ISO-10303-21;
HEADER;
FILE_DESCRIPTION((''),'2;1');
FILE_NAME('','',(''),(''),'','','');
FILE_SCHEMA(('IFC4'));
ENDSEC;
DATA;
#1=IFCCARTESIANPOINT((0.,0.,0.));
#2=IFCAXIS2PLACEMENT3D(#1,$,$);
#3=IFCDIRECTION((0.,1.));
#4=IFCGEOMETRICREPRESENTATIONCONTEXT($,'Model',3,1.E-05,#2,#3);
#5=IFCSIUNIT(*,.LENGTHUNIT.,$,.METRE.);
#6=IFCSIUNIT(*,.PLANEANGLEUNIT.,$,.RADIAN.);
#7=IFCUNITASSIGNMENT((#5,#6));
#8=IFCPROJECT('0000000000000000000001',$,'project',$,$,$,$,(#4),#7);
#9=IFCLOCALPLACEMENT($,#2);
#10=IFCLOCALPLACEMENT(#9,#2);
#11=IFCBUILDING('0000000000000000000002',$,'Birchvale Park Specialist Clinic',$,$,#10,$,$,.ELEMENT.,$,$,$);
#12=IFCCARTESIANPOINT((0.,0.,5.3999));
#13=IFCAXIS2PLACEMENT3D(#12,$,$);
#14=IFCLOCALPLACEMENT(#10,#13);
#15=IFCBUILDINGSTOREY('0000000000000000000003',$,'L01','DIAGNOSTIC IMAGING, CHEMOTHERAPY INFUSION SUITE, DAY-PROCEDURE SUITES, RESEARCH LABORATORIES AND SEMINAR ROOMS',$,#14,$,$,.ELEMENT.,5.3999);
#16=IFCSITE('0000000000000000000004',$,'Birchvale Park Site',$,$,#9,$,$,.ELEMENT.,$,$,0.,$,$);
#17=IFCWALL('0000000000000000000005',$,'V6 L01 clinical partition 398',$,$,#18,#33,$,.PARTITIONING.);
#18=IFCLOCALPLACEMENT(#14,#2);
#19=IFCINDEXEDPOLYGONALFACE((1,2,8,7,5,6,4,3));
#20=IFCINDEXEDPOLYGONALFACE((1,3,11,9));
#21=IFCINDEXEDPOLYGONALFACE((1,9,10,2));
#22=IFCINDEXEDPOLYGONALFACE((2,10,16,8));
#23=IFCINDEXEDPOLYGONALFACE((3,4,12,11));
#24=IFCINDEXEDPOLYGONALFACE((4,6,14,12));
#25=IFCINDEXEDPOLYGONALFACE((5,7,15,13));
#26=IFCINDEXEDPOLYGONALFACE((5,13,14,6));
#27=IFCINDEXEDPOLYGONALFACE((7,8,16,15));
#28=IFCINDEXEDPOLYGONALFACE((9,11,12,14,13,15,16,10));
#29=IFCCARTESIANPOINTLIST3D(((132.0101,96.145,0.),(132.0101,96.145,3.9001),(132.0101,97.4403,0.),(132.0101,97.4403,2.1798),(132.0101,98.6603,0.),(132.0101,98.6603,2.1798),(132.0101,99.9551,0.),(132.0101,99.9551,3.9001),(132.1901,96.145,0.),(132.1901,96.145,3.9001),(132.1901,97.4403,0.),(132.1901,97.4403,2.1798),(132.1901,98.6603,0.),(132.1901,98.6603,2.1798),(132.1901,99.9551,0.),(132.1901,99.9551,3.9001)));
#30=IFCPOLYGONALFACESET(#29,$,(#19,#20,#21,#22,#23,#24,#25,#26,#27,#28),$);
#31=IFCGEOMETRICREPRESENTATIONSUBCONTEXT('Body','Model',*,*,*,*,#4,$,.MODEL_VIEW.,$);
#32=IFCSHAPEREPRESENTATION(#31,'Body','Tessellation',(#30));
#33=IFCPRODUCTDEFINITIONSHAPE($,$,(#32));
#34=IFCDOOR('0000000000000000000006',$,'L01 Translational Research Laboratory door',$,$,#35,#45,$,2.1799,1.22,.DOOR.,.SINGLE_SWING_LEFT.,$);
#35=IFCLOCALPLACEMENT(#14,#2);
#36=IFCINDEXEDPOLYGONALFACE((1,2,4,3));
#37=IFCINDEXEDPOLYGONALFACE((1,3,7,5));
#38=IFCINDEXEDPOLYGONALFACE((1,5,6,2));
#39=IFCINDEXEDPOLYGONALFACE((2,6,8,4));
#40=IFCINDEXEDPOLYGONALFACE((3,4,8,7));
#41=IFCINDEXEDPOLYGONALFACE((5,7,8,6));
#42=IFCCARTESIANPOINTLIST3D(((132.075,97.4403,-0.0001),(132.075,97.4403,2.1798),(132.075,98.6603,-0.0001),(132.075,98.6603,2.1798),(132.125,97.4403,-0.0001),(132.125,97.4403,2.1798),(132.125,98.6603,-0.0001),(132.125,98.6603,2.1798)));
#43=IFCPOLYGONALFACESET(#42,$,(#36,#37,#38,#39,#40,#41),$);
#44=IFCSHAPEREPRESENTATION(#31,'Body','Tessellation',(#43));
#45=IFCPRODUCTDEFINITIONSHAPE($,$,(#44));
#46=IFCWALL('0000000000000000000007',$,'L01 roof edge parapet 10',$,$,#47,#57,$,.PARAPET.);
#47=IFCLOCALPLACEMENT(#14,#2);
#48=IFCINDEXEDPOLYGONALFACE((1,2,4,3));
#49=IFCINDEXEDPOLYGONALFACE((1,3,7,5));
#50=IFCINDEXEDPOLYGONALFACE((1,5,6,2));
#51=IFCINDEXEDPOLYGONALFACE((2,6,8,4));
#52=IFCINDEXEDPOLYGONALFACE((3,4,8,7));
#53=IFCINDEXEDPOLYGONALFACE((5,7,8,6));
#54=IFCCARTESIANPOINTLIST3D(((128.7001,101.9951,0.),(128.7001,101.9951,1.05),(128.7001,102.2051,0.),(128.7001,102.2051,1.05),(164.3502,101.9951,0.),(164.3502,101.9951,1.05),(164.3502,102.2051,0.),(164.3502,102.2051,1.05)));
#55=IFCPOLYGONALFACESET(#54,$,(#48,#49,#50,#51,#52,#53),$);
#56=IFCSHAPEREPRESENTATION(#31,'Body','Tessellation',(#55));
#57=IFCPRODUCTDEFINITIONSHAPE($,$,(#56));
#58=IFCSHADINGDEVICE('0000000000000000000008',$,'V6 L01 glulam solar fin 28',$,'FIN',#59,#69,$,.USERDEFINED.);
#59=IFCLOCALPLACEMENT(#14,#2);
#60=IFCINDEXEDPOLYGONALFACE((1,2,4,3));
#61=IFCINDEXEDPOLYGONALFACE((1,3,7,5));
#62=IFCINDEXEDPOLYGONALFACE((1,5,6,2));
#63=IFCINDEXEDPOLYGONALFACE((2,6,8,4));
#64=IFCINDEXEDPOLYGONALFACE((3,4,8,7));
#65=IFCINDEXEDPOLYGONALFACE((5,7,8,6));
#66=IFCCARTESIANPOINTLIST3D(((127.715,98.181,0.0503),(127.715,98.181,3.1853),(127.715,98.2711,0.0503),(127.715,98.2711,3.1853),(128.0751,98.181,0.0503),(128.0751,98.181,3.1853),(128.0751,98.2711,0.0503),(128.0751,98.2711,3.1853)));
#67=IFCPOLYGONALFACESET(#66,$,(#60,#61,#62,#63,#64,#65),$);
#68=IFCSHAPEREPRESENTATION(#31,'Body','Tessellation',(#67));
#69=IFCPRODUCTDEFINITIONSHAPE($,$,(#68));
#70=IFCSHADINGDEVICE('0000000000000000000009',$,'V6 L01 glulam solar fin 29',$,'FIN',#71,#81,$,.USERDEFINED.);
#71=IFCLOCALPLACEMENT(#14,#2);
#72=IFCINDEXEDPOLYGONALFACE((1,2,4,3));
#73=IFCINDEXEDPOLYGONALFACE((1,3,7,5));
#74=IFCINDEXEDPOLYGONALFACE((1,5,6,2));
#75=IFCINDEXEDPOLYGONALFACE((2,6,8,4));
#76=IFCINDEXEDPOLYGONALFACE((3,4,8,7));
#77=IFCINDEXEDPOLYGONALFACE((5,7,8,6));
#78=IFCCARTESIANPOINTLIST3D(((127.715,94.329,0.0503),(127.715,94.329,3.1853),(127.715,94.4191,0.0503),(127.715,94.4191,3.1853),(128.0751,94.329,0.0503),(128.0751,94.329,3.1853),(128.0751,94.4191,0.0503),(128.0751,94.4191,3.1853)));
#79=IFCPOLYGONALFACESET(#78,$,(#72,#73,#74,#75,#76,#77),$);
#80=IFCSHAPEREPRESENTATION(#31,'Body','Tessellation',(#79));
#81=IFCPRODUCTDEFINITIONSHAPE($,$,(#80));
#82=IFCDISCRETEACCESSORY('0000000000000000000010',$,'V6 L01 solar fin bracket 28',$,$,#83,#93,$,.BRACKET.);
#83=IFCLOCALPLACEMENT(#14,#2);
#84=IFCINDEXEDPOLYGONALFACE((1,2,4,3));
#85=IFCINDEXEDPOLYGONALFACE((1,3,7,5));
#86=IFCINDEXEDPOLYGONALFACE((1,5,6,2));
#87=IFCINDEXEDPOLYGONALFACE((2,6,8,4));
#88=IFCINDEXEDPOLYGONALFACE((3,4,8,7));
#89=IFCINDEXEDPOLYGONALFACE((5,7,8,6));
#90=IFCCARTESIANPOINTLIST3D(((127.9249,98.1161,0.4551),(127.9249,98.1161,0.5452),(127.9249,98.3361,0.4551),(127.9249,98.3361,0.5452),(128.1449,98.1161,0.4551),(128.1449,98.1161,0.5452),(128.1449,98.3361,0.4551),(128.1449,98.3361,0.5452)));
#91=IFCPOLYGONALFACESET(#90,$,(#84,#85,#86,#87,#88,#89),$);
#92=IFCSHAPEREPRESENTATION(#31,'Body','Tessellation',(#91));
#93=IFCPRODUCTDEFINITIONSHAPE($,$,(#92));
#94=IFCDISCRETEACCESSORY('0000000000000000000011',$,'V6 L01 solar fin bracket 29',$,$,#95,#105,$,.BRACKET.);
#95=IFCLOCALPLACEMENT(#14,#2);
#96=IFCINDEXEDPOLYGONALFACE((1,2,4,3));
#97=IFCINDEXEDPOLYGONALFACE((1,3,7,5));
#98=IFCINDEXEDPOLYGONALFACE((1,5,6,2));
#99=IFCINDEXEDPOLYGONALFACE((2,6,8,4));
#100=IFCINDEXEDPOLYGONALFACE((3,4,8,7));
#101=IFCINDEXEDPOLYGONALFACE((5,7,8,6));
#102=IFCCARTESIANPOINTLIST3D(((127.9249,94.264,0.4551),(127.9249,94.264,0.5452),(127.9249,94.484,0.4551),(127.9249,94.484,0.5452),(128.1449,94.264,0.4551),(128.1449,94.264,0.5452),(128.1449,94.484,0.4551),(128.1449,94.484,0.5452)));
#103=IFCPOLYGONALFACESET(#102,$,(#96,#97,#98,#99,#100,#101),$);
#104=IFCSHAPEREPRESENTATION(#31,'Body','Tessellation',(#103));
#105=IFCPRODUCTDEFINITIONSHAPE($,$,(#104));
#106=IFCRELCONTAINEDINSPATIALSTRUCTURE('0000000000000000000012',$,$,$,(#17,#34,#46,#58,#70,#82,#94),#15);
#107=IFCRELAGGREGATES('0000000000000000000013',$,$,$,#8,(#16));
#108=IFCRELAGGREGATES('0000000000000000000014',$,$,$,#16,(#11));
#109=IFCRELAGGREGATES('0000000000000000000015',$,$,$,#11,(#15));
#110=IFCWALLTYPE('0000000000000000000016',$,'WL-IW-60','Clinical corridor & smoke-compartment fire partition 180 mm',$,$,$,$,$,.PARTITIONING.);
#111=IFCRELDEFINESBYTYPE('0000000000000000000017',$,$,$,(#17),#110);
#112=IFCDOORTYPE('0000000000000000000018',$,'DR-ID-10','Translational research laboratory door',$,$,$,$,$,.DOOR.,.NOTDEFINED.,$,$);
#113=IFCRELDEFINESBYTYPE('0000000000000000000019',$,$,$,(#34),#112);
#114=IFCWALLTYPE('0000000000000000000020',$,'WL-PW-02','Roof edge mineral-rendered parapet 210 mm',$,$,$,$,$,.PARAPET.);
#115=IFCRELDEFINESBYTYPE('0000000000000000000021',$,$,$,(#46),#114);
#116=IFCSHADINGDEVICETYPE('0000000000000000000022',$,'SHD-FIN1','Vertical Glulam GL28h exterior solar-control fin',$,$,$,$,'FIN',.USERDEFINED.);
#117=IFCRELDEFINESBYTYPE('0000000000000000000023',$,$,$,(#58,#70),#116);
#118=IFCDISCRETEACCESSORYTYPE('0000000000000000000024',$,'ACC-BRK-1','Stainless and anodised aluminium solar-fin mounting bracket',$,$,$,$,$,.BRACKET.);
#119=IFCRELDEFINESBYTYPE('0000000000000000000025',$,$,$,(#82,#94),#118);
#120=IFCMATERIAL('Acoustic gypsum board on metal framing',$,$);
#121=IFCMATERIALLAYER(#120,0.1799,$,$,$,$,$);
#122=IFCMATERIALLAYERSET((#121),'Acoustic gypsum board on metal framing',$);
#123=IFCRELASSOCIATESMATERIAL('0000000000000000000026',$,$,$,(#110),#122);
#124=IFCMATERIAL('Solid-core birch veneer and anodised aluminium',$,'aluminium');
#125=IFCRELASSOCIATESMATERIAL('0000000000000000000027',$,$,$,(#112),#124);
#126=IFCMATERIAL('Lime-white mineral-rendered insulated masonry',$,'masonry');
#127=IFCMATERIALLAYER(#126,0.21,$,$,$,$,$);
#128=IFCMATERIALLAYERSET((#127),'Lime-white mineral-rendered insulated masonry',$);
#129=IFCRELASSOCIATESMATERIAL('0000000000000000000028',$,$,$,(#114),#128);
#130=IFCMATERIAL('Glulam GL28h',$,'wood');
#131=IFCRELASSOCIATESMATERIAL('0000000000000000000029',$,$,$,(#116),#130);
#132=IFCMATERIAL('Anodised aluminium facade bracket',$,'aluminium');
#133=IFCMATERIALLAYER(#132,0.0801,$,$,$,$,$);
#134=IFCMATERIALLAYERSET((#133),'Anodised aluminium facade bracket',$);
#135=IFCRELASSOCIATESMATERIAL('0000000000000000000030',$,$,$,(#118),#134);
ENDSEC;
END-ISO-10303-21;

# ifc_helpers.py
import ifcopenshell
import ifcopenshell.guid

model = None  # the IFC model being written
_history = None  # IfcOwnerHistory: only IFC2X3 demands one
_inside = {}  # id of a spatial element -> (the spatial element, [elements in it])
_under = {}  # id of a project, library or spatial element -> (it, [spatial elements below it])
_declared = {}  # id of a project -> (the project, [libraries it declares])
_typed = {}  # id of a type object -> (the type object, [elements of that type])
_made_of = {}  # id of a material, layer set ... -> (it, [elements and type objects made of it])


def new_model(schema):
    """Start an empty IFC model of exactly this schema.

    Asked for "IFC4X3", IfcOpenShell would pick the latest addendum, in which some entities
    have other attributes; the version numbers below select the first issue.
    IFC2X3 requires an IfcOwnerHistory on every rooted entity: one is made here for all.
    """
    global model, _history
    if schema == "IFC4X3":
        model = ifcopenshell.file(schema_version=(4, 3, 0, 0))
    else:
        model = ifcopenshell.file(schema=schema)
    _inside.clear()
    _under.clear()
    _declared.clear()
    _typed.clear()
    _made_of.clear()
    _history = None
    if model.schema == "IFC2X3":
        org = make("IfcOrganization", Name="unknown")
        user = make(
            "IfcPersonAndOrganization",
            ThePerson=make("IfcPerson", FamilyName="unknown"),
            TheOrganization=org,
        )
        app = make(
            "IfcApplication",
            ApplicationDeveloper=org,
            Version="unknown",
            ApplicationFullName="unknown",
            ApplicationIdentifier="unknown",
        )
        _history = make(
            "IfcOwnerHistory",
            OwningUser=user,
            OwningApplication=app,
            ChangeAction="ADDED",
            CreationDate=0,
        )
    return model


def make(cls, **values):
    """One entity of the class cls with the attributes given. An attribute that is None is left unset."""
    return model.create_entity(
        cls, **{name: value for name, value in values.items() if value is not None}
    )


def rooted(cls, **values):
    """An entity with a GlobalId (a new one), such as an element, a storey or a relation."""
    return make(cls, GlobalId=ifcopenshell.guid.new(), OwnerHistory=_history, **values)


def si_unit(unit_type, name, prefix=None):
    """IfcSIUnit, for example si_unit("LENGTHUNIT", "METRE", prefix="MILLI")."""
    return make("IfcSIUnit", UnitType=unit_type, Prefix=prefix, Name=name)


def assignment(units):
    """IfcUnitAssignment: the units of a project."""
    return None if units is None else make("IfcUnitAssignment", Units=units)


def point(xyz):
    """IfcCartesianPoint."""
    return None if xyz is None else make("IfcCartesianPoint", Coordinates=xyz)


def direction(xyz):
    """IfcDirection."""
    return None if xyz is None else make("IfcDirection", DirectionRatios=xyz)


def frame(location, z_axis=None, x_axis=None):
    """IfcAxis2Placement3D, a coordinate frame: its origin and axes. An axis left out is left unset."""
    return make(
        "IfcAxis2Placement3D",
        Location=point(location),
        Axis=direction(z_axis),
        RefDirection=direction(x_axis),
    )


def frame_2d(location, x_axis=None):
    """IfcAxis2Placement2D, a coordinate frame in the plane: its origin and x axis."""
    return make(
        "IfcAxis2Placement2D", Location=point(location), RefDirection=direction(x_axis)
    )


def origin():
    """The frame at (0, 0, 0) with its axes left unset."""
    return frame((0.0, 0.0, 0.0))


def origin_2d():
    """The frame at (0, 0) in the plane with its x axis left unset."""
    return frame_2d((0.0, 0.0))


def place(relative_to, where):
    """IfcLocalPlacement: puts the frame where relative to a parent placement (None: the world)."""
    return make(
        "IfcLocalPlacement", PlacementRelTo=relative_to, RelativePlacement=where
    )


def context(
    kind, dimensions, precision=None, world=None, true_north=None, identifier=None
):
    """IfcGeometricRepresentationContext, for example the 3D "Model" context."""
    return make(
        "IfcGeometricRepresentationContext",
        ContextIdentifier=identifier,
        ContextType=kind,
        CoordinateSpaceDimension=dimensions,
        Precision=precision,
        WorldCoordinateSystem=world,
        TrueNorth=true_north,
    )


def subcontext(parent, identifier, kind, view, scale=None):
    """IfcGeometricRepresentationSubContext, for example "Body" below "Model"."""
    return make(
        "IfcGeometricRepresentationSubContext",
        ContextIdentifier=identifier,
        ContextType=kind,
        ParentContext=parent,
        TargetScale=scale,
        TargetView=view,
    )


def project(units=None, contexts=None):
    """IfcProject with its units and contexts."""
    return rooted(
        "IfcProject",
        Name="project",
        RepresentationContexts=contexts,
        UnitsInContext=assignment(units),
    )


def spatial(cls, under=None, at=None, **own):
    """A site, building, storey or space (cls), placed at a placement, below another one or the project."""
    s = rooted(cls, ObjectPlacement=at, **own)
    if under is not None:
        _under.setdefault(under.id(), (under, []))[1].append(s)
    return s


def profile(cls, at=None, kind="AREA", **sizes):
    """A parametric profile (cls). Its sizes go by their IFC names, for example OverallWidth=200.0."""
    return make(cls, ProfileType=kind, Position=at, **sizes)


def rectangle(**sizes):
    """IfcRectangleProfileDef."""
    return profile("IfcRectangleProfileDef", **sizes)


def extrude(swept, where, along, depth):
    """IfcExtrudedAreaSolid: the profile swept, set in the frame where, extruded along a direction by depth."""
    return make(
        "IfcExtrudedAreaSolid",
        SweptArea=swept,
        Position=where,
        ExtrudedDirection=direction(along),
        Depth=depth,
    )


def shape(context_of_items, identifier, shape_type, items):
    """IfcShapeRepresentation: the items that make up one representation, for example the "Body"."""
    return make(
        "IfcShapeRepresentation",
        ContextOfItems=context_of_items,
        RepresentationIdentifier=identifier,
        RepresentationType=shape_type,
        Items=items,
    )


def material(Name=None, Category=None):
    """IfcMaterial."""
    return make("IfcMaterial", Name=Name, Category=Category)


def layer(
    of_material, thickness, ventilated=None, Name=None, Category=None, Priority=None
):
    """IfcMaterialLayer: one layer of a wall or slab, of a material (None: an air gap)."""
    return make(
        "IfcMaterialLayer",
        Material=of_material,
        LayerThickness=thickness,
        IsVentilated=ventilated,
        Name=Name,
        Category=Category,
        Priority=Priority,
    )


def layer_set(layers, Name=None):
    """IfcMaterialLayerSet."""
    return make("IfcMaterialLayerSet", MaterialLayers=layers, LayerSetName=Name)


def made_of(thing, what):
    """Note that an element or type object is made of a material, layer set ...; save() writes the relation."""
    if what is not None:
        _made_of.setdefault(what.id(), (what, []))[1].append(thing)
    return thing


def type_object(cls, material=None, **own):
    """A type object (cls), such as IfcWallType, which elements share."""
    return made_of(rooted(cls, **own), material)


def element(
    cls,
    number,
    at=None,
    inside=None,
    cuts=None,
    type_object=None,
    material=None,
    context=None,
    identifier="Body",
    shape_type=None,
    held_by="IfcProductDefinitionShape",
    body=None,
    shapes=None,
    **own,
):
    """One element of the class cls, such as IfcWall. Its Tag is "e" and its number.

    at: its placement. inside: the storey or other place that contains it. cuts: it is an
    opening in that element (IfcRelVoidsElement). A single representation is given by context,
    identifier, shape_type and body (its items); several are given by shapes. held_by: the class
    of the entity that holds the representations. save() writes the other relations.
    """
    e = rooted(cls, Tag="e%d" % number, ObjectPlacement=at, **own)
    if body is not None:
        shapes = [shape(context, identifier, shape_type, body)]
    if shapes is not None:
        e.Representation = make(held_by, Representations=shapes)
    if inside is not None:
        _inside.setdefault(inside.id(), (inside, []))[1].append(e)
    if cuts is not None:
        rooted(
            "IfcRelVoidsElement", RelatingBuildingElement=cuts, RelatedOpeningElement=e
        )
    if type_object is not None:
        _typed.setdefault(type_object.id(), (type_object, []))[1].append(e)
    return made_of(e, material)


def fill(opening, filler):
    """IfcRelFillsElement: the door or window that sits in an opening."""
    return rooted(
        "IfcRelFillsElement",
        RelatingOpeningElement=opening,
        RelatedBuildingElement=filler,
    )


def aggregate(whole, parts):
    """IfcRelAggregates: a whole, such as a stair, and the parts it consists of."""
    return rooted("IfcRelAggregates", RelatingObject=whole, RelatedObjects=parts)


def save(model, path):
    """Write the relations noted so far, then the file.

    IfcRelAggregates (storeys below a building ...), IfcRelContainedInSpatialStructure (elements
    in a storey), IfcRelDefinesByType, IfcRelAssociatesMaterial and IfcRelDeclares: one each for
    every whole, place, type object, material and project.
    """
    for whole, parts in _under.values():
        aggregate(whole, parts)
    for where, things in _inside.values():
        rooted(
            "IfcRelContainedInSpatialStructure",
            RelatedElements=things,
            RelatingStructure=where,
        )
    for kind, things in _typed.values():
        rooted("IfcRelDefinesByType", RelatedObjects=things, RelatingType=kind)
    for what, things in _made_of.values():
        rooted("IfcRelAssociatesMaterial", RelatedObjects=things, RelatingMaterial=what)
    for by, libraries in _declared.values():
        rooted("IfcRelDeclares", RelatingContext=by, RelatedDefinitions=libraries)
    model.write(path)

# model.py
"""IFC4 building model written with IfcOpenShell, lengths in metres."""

from ifc_helpers import new_model, si_unit, direction, frame, frame_2d, origin, origin_2d, place, context, subcontext, project, spatial, rectangle, extrude, material, layer, layer_set, type_object, element, fill, save


model = new_model("IFC4")

# Units and contexts
model_context = context("Model", 3, precision=1e-05, world=origin(), true_north=direction((0.0, 1.0)))
body_context = subcontext(model_context, "Body", "Model", "MODEL_VIEW")
ifc_project = project(units=[si_unit("LENGTHUNIT", "METRE"), si_unit("PLANEANGLEUNIT", "RADIAN")], contexts=[model_context])

# Site, building, storey
site_placement = place(None, origin())
site = spatial("IfcSite", under=ifc_project, at=site_placement, Name="Birchvale Park Site", CompositionType="ELEMENT", RefElevation=0.0)
building_placement = place(site_placement, origin())
building = spatial("IfcBuilding", under=site, at=building_placement, Name="Birchvale Park Specialist Clinic", CompositionType="ELEMENT")
storey_placement = place(building_placement, frame((0.0, 0.0, 5.3999)))
storey = spatial("IfcBuildingStorey", under=building, at=storey_placement, Name="L01", Description="DIAGNOSTIC IMAGING, CHEMOTHERAPY INFUSION SUITE, DAY-PROCEDURE SUITES, RESEARCH LABORATORIES AND SEMINAR ROOMS", CompositionType="ELEMENT", Elevation=5.3999)

# Shared definitions
ifc_material_1 = material(Name="Acoustic gypsum board on metal framing")

# Wall, opening, door
ifc_layer_1 = layer(ifc_material_1, 0.1799)
ifc_layer_set_1 = layer_set([ifc_layer_1], Name="Acoustic gypsum board on metal framing")
wall_type_1 = type_object("IfcWallType", Name="WL-IW-60", Description="Clinical corridor & smoke-compartment fire partition 180 mm", PredefinedType="PARTITIONING", material=ifc_layer_set_1)
ifc_material_2 = material(Name="Solid-core birch veneer and anodised aluminium", Category="aluminium")
wall_1_placement = place(storey_placement, frame((132.1001, 99.9551, 0.0), z_axis=(0.0, 0.0, 1.0), x_axis=(0.0, -1.0, 0.0)))
wall_1 = element("IfcWall", 1, at=wall_1_placement, inside=storey, type_object=wall_type_1, Name="V6 L01 clinical partition 398", PredefinedType="PARTITIONING", context=body_context, shape_type="SweptSolid", body=[
    extrude(rectangle(XDim=3.8101, YDim=0.1799, at=frame_2d((1.905, 0.0))), origin(), (0.0, 0.0, 1.0), 3.9001),
])
opening_1_placement = place(wall_1_placement, frame((1.2949, 0.0, 0.0)))
opening_1 = element("IfcOpeningElement", 2, at=opening_1_placement, cuts=wall_1, PredefinedType="OPENING", context=body_context, shape_type="SweptSolid", body=[
    extrude(rectangle(XDim=1.22, YDim=2.1799, at=frame_2d((0.6099, 1.0898))), frame((0.0, 0.1001, 0.0), z_axis=(0.0, -1.0, 0.0), x_axis=(1.0, 0.0, 0.0)), (0.0, 0.0, 1.0), 0.2),
])
door_type_1 = type_object("IfcDoorType", Name="DR-ID-10", Description="Translational research laboratory door", OperationType="NOTDEFINED", PredefinedType="DOOR", material=ifc_material_2)
door_1_placement = place(opening_1_placement, origin())
door_1 = element("IfcDoor", 3, at=door_1_placement, inside=storey, type_object=door_type_1, Name="L01 Translational Research Laboratory door", OperationType="SINGLE_SWING_LEFT", OverallHeight=2.1799, OverallWidth=1.22, PredefinedType="DOOR", context=body_context, shape_type="SweptSolid", body=[
    extrude(rectangle(XDim=1.22, YDim=2.1799, at=frame_2d((0.6099, 1.0898))), frame((0.0, 0.0249, 0.0), z_axis=(0.0, -1.0, 0.0), x_axis=(1.0, 0.0, 0.0)), (0.0, 0.0, 1.0), 0.05),
])
fill(opening_1, door_1)

# Wall
ifc_material_3 = material(Name="Lime-white mineral-rendered insulated masonry", Category="masonry")
ifc_layer_2 = layer(ifc_material_3, 0.21)
ifc_layer_set_2 = layer_set([ifc_layer_2], Name="Lime-white mineral-rendered insulated masonry")
wall_type_2 = type_object("IfcWallType", Name="WL-PW-02", Description="Roof edge mineral-rendered parapet 210 mm", PredefinedType="PARAPET", material=ifc_layer_set_2)
wall_2_placement = place(storey_placement, frame((128.7, 102.1001, 0.0), z_axis=(0.0, 0.0, 1.0), x_axis=(1.0, 0.0, 0.0)))
element("IfcWall", 4, at=wall_2_placement, inside=storey, type_object=wall_type_2, Name="L01 roof edge parapet 10", PredefinedType="PARAPET", context=body_context, shape_type="SweptSolid", body=[
    extrude(rectangle(XDim=35.6501, YDim=0.21, at=frame_2d((17.8252, 0.0))), origin(), (0.0, 0.0, 1.0), 1.05),
])

# Shading devices
ifc_material_4 = material(Name="Glulam GL28h", Category="wood")
shading_device_type = type_object("IfcShadingDeviceType", Name="SHD-FIN1", Description="Vertical Glulam GL28h exterior solar-control fin", ElementType="FIN", PredefinedType="USERDEFINED", material=ifc_material_4)
for number, where, z_axis, x_axis, name in (
    (5, (127.895, 98.2261, 0.0503), (0.0, 0.0, 1.0), (1.0, 0.0, 0.0), "V6 L01 glulam solar fin 28"),
    (6, (127.895, 94.374, 0.0503), (0.0, 0.0, 1.0), (1.0, 0.0, 0.0), "V6 L01 glulam solar fin 29"),
):
    element("IfcShadingDevice", number, at=place(storey_placement, frame(where, z_axis=z_axis, x_axis=x_axis)), inside=storey, type_object=shading_device_type, Name=name, ObjectType="FIN", PredefinedType="USERDEFINED", context=body_context, shape_type="SweptSolid", body=[
        extrude(rectangle(XDim=0.3601, YDim=0.0901, at=origin_2d()), origin(), (0.0, 0.0, 1.0), 3.135),
    ])

# Discrete accessories
ifc_material_5 = material(Name="Anodised aluminium facade bracket", Category="aluminium")
ifc_layer_3 = layer(ifc_material_5, 0.0801)
ifc_layer_set_3 = layer_set([ifc_layer_3], Name="Anodised aluminium facade bracket")
discrete_accessory_type = type_object("IfcDiscreteAccessoryType", Name="ACC-BRK-1", Description="Stainless and anodised aluminium solar-fin mounting bracket", PredefinedType="BRACKET", material=ifc_layer_set_3)
for number, where, z_axis, x_axis, name in (
    (7, (128.0349, 98.2261, 0.4551), (0.0, 0.0, 1.0), (1.0, 0.0, 0.0), "V6 L01 solar fin bracket 28"),
    (8, (128.0349, 94.374, 0.4551), (0.0, 0.0, 1.0), (1.0, 0.0, 0.0), "V6 L01 solar fin bracket 29"),
):
    element("IfcDiscreteAccessory", number, at=place(storey_placement, frame(where, z_axis=z_axis, x_axis=x_axis)), inside=storey, type_object=discrete_accessory_type, Name=name, PredefinedType="BRACKET", context=body_context, shape_type="SweptSolid", body=[
        extrude(rectangle(XDim=0.22, YDim=0.22, at=origin_2d()), origin(), (0.0, 0.0, 1.0), 0.0901),
    ])

save(model, "model.ifc")
